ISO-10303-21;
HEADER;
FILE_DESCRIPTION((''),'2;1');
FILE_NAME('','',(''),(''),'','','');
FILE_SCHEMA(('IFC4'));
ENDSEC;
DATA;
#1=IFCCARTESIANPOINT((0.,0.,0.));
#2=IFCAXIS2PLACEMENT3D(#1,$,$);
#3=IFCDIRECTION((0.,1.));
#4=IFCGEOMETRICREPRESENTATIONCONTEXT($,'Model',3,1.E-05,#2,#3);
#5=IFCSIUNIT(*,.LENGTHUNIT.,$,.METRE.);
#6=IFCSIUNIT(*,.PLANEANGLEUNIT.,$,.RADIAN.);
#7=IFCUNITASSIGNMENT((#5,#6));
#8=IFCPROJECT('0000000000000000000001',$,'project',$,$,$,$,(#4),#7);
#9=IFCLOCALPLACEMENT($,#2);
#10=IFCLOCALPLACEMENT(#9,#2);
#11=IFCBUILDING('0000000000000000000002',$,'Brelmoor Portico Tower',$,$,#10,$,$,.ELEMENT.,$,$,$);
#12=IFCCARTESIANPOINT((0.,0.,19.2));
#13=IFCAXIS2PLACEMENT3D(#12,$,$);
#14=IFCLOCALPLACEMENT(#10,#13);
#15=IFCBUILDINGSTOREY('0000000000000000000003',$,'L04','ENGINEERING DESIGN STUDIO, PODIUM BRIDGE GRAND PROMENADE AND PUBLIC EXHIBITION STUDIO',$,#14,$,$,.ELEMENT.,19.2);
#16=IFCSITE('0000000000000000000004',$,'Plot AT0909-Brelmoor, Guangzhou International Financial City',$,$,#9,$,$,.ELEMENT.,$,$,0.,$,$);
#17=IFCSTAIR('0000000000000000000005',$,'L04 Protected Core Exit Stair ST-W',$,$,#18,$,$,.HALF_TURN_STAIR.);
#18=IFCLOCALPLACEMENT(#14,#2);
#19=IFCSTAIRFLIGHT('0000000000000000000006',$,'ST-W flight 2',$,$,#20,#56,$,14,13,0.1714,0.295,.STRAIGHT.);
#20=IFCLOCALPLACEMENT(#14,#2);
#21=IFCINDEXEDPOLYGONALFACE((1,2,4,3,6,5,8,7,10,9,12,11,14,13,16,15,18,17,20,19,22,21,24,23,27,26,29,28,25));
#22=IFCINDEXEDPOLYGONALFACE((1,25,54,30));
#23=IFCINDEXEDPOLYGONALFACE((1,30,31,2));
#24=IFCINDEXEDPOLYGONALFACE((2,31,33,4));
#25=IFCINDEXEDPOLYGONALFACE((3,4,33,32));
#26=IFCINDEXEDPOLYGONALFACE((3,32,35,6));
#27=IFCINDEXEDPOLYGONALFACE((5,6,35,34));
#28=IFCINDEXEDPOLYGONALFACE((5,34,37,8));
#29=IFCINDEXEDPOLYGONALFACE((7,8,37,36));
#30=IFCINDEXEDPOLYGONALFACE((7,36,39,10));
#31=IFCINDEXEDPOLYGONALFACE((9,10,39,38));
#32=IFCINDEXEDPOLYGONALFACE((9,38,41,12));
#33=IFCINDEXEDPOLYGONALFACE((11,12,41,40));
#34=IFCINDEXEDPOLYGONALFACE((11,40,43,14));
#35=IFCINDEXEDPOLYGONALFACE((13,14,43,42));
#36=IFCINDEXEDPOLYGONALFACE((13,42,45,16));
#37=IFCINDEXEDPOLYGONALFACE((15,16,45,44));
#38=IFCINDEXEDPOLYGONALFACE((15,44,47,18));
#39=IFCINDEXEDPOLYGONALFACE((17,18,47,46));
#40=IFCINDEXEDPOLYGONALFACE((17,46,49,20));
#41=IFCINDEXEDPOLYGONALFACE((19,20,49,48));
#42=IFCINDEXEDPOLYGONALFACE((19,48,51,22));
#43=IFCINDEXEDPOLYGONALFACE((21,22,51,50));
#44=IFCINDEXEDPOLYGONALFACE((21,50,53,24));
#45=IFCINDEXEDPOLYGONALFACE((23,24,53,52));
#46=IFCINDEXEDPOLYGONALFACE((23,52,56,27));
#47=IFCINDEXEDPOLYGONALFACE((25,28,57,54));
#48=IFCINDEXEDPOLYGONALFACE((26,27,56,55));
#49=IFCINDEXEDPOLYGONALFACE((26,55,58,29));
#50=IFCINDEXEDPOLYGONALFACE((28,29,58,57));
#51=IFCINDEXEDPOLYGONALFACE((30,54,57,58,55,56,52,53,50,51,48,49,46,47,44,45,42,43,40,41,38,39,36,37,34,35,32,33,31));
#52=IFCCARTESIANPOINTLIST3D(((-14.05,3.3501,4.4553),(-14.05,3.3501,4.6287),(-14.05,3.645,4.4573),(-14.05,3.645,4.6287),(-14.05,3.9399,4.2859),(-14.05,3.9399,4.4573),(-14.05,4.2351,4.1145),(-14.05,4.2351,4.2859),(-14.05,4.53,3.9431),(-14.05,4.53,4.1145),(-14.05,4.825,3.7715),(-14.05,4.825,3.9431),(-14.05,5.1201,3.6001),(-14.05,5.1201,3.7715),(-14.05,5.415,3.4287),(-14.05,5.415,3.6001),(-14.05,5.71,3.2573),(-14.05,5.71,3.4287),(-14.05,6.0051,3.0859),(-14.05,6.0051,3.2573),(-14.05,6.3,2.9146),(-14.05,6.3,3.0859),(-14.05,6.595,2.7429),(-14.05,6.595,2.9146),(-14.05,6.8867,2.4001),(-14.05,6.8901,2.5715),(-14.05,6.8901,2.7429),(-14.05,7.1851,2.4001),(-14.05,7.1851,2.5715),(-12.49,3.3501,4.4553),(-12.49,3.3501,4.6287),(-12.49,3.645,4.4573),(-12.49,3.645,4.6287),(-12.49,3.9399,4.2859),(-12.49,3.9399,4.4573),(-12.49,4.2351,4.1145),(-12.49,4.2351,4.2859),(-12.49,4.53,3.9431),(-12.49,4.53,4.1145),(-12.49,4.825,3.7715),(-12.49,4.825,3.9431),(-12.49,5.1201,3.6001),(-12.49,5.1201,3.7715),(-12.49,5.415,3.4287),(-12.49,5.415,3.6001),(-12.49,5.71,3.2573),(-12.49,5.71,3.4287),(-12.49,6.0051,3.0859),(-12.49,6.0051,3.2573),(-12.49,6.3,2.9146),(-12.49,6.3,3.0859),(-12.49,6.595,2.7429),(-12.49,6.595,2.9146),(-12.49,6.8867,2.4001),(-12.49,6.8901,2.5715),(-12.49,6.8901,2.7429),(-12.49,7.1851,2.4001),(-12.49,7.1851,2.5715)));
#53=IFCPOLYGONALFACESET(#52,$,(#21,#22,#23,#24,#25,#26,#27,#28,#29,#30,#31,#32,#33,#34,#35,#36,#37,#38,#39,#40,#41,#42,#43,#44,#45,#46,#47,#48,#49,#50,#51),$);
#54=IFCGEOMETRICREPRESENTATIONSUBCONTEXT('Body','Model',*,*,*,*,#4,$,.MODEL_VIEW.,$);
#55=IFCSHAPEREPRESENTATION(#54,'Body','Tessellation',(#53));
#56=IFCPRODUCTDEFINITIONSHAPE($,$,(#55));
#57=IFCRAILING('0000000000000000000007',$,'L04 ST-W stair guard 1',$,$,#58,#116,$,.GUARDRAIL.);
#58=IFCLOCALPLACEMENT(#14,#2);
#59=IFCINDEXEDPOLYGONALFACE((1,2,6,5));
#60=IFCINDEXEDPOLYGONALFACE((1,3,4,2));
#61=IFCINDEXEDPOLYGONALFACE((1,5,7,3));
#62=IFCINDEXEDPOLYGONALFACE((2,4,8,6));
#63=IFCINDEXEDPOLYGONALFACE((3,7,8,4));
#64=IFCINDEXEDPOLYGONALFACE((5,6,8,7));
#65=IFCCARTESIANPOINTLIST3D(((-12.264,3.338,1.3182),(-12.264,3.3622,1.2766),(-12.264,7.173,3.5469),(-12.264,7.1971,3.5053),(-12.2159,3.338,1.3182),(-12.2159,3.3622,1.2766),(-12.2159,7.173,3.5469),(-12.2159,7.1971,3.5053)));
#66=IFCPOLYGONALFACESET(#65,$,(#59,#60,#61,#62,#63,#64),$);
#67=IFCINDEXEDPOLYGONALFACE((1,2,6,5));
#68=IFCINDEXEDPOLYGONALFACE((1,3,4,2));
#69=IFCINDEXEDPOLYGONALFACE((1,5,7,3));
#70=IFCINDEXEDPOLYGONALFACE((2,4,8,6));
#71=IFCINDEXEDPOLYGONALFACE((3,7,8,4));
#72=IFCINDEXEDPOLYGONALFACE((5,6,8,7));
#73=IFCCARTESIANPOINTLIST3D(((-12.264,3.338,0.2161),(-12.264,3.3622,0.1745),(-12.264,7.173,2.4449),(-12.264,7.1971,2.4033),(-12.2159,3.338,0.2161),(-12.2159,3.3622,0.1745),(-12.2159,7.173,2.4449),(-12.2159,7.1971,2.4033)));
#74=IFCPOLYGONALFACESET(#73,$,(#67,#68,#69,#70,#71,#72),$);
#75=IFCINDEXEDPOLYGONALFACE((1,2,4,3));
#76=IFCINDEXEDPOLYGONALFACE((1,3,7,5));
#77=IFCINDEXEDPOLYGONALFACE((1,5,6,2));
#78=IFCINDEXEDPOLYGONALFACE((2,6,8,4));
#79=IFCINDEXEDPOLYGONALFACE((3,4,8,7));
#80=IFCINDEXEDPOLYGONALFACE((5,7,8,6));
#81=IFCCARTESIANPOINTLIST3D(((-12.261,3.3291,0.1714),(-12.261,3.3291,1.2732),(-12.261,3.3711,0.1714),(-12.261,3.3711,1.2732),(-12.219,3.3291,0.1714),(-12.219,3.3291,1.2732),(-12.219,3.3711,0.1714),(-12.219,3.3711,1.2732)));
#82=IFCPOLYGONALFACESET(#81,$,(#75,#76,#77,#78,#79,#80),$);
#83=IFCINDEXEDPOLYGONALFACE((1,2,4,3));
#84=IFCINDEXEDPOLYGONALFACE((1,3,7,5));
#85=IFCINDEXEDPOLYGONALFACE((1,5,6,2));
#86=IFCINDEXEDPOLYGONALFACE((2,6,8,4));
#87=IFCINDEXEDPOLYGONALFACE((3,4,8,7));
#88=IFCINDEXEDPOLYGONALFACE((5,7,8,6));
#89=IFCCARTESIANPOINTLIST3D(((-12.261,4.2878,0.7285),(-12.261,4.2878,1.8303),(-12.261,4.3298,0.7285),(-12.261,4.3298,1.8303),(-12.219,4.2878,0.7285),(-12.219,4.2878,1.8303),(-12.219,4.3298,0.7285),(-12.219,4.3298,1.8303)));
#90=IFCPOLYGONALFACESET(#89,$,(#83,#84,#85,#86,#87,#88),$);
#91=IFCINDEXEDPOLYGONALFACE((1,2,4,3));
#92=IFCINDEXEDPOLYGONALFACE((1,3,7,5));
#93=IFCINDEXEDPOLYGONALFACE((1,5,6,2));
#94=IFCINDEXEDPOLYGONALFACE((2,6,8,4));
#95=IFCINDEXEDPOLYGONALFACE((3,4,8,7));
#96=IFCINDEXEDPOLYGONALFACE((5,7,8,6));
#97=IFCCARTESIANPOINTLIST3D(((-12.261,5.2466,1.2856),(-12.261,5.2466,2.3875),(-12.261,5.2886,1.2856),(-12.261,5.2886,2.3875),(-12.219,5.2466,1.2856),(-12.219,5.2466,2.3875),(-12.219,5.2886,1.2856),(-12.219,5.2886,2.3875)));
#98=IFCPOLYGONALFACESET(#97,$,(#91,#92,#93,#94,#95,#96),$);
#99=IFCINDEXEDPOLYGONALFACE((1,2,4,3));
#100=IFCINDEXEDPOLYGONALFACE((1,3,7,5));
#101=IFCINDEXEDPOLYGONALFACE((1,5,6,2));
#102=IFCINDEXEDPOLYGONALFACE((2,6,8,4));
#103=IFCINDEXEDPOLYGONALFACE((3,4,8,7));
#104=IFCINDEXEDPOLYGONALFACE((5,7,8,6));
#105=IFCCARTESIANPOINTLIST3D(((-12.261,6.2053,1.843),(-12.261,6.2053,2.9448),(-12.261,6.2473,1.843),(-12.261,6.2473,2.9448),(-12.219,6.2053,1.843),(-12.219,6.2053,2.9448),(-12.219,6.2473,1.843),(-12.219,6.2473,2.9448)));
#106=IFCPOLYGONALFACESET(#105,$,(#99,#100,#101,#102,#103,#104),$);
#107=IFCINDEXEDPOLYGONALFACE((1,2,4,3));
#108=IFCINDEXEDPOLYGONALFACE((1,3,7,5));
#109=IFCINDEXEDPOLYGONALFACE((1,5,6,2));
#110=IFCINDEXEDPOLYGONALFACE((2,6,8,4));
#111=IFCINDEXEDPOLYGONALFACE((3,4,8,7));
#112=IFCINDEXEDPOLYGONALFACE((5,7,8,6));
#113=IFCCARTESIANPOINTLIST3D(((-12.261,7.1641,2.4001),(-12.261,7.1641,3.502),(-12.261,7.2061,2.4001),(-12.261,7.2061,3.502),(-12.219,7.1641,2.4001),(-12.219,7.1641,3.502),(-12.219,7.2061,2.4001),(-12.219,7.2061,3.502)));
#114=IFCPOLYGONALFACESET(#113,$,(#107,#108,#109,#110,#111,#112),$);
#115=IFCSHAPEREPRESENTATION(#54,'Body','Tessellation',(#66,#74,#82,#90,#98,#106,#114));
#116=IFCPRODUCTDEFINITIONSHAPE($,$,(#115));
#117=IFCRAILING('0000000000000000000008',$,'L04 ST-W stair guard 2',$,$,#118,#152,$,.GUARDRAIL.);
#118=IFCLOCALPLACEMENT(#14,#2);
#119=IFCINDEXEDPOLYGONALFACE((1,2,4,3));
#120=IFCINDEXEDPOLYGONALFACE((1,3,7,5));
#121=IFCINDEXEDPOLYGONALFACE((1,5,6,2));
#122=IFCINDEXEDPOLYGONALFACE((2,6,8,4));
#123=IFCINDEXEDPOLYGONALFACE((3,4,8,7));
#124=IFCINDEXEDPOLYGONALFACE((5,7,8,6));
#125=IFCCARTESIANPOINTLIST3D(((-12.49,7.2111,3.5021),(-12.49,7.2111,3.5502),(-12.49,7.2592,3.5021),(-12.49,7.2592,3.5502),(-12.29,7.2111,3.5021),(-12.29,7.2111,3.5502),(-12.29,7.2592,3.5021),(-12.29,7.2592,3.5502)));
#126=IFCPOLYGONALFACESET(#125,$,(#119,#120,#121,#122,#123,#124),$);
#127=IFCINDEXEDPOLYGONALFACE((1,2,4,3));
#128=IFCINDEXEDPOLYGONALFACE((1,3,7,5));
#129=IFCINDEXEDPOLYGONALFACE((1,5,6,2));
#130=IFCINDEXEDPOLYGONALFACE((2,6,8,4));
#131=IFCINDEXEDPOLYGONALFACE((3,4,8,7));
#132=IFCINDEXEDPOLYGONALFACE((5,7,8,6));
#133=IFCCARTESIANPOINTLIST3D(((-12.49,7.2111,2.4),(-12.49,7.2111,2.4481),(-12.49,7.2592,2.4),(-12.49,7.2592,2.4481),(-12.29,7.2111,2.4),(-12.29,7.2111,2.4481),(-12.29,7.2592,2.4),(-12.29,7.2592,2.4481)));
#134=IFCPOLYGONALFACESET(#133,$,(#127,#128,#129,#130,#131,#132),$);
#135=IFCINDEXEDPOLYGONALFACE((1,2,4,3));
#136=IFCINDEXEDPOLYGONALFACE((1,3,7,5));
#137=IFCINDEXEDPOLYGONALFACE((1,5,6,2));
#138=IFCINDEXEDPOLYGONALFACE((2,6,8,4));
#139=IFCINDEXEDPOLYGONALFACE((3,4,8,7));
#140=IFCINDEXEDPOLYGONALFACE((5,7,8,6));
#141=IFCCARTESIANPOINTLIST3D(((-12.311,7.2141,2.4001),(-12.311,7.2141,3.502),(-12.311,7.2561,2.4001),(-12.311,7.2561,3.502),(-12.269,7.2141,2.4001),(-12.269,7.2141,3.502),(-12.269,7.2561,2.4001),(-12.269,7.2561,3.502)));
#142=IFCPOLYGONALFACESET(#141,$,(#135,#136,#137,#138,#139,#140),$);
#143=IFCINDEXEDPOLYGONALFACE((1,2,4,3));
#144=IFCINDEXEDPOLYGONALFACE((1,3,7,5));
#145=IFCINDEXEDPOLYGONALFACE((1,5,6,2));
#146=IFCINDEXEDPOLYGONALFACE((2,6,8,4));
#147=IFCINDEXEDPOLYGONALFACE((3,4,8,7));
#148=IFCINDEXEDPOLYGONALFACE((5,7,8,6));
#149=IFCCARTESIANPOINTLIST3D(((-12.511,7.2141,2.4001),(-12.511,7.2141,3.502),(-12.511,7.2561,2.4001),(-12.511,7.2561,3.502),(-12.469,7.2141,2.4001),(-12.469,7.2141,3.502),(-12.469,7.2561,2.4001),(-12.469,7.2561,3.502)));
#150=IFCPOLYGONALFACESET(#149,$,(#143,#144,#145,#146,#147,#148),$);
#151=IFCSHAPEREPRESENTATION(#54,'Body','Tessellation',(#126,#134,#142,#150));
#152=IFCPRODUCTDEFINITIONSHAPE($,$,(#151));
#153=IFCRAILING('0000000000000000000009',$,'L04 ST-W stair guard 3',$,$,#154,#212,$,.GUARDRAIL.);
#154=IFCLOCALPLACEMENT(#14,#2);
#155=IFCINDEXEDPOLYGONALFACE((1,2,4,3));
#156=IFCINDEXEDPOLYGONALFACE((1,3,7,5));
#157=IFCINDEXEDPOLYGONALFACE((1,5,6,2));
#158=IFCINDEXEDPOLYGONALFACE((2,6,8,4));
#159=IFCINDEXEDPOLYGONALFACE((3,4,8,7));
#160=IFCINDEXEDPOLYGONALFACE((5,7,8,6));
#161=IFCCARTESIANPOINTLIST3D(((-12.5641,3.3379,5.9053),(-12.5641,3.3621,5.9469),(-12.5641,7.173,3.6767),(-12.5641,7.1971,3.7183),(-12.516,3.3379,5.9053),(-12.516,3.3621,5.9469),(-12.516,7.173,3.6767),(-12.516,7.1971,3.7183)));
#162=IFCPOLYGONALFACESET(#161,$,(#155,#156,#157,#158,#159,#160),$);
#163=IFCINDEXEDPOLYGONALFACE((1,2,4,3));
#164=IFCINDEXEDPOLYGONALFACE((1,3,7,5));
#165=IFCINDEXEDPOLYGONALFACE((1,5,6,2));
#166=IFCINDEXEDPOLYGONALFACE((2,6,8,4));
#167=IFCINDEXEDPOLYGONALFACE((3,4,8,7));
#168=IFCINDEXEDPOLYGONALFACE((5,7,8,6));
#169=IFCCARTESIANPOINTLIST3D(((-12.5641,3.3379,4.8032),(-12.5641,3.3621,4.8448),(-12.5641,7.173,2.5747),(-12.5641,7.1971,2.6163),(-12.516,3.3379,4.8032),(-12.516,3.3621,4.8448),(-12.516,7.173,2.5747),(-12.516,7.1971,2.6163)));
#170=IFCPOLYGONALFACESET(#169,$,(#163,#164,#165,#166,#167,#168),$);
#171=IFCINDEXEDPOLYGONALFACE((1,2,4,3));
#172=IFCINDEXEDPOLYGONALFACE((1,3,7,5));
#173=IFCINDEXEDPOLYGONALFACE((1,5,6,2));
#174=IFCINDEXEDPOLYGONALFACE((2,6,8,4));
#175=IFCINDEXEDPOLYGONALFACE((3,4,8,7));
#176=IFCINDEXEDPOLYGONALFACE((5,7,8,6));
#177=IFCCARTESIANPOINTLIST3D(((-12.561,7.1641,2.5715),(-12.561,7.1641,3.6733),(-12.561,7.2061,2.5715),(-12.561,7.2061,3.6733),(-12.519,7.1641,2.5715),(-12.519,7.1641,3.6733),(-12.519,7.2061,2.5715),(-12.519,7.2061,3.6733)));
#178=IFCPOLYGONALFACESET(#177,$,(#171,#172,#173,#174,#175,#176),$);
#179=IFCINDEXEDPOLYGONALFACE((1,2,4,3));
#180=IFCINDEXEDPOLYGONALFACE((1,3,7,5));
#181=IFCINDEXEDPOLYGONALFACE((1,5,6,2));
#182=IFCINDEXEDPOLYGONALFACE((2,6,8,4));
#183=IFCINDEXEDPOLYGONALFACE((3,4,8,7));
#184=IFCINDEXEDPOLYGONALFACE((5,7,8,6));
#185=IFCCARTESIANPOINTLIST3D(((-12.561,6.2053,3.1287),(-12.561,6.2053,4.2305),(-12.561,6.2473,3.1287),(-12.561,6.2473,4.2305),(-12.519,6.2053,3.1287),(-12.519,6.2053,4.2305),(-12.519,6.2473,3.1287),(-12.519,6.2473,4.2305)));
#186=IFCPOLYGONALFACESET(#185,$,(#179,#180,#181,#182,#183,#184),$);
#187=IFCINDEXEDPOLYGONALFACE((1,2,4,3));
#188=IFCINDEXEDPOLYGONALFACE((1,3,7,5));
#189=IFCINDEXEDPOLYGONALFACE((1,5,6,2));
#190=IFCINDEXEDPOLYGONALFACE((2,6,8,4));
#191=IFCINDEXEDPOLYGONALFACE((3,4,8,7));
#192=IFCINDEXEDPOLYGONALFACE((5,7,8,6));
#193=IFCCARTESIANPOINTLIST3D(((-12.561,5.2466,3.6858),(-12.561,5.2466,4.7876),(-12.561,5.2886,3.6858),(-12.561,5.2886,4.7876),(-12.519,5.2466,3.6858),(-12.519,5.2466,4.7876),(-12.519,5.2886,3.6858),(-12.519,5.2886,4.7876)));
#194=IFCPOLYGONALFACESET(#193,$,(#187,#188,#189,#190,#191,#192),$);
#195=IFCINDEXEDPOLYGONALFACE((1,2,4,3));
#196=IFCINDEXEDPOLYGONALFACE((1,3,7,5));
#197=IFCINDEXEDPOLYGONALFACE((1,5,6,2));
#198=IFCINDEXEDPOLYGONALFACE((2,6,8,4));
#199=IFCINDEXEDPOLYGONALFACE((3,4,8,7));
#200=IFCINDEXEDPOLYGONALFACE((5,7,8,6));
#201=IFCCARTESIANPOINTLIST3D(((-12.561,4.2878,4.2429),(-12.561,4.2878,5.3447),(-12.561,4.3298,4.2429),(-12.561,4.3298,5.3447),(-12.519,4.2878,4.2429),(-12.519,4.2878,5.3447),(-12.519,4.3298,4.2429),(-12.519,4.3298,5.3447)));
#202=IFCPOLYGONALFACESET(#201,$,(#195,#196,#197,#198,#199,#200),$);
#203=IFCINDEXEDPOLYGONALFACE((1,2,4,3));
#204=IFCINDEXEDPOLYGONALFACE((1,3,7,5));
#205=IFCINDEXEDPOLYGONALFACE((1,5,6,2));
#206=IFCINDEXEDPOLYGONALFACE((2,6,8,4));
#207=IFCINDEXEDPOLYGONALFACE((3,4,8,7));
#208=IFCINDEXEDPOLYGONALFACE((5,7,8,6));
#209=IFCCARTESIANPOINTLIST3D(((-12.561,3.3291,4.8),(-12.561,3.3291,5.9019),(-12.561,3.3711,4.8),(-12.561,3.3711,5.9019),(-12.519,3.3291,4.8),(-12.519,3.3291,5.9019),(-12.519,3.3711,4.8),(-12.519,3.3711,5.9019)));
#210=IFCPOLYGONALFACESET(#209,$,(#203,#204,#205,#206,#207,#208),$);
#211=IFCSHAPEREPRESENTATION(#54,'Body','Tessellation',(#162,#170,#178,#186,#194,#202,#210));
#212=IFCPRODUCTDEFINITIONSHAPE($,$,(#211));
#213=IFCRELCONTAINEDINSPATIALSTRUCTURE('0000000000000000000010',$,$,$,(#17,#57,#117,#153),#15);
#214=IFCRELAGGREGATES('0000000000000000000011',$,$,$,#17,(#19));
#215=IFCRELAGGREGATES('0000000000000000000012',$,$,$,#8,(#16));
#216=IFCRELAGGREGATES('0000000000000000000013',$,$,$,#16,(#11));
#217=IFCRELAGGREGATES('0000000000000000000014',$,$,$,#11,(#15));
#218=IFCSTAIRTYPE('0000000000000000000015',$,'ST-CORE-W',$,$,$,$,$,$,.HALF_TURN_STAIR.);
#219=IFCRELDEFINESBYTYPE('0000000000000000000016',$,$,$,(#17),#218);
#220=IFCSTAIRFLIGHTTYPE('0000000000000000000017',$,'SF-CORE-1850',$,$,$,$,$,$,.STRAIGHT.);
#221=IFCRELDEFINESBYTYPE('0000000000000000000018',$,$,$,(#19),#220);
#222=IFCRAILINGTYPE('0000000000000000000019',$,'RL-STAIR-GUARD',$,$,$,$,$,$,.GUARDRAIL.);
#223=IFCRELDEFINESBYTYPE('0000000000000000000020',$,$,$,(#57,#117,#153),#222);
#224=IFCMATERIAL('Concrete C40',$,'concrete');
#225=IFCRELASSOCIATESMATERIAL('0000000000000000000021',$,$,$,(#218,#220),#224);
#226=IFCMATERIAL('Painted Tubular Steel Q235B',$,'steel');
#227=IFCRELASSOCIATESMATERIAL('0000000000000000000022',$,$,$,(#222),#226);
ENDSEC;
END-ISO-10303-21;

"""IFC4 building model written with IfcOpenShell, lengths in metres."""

from ifc_helpers import new_model, si_unit, direction, frame, origin, origin_2d, place, context, subcontext, project, spatial, polyline, rectangle, outline, extrude, material, type_object, element, aggregate, save


model = new_model("IFC4")

# Units and contexts
model_context = context("Model", 3, precision=1e-05, world=origin(), true_north=direction((0.0, 1.0)))
body_context = subcontext(model_context, "Body", "Model", "MODEL_VIEW")
ifc_project = project(units=[si_unit("LENGTHUNIT", "METRE"), si_unit("PLANEANGLEUNIT", "RADIAN")], contexts=[model_context])

# Site, building, storey
site_placement = place(None, origin())
site = spatial("IfcSite", under=ifc_project, at=site_placement, Name="Plot AT0909-Brelmoor, Guangzhou International Financial City", CompositionType="ELEMENT", RefElevation=0.0)
building_placement = place(site_placement, origin())
building = spatial("IfcBuilding", under=site, at=building_placement, Name="Brelmoor Portico Tower", CompositionType="ELEMENT")
storey_placement = place(building_placement, frame((0.0, 0.0, 19.2)))
storey = spatial("IfcBuildingStorey", under=building, at=storey_placement, Name="L04", Description="ENGINEERING DESIGN STUDIO, PODIUM BRIDGE GRAND PROMENADE AND PUBLIC EXHIBITION STUDIO", CompositionType="ELEMENT", Elevation=19.2)

# Shared definitions
ifc_material_1 = material(Name="Concrete C40", Category="concrete")

# Stair, stair flight
stair_type = type_object("IfcStairType", Name="ST-CORE-W", PredefinedType="HALF_TURN_STAIR", material=ifc_material_1)
stair_placement = place(storey_placement, origin())
stair = element("IfcStair", 1, at=stair_placement, inside=storey, type_object=stair_type, Name="L04 Protected Core Exit Stair ST-W", PredefinedType="HALF_TURN_STAIR")
stair_flight_type = type_object("IfcStairFlightType", Name="SF-CORE-1850", PredefinedType="STRAIGHT", material=ifc_material_1)
stair_flight_1_placement = place(storey_placement, frame((-13.27, 7.1851, 2.4001), z_axis=(0.0, 0.0, 1.0), x_axis=(0.0, -1.0, 0.0)))
stair_flight_1 = element("IfcStairFlight", 2, at=stair_flight_1_placement, type_object=stair_flight_type, Name="ST-W flight 2", NumberOfRisers=14, NumberOfTreads=13, PredefinedType="STRAIGHT", RiserHeight=0.1714, TreadLength=0.295, context=body_context, shape_type="SweptSolid", body=[
    extrude(outline(polyline([(0.0, 0.0), (0.0, 0.1714), (0.2949, 0.1714), (0.2949, 0.3428), (0.5901, 0.3428), (0.5901, 0.5144), (0.885, 0.5144), (0.885, 0.6858), (1.1799, 0.6858), (1.1799, 0.8572), (1.4751, 0.8572), (1.4751, 1.0286), (1.77, 1.0286), (1.77, 1.2), (2.0649, 1.2), (2.0649, 1.3713), (2.3601, 1.3713), (2.3601, 1.543), (2.655, 1.543), (2.655, 1.7144), (2.95, 1.7144), (2.95, 1.8857), (3.2451, 1.8857), (3.2451, 2.0571), (3.54, 2.0571), (3.54, 2.2285), (3.835, 2.2285), (3.835, 2.3999), (3.835, 2.0552), (0.2983, 0.0), (0.0, 0.0)])), frame((0.0, 0.78, 0.0), z_axis=(0.0, -1.0, 0.0), x_axis=(1.0, 0.0, 0.0)), (0.0, 0.0, 1.0), 1.5601),
])
aggregate(stair, [stair_flight_1])

# Railings
ifc_material_2 = material(Name="Painted Tubular Steel Q235B", Category="steel")
railing_type_1 = type_object("IfcRailingType", Name="RL-STAIR-GUARD", PredefinedType="GUARDRAIL", material=ifc_material_2)
railing_1_placement = place(storey_placement, frame((-12.24, 3.3501, 0.1714)))
element("IfcRailing", 3, at=railing_1_placement, inside=storey, type_object=railing_type_1, Name="L04 ST-W stair guard 1", PredefinedType="GUARDRAIL", context=body_context, shape_type="SweptSolid", body=[
    extrude(rectangle(XDim=0.0481, YDim=0.0481, at=origin_2d()), frame((0.0, 0.0, 1.126), z_axis=(0.0, 0.864592, 0.502474), x_axis=(-1.0, 0.0, 0.0)), (0.0, 0.0, 1.0), 4.4355),
    extrude(rectangle(XDim=0.0481, YDim=0.0481, at=origin_2d()), frame((0.0, 0.0, 0.0239), z_axis=(0.0, 0.864592, 0.502474), x_axis=(-1.0, 0.0, 0.0)), (0.0, 0.0, 1.0), 4.4355),
    extrude(rectangle(XDim=0.042, YDim=0.042, at=origin_2d()), origin(), (0.0, 0.0, 1.0), 1.1018),
    extrude(rectangle(XDim=0.042, YDim=0.042, at=origin_2d()), frame((0.0, 0.9587, 0.5571)), (0.0, 0.0, 1.0), 1.1018),
    extrude(rectangle(XDim=0.042, YDim=0.042, at=origin_2d()), frame((0.0, 1.9175, 1.1143)), (0.0, 0.0, 1.0), 1.1018),
    extrude(rectangle(XDim=0.042, YDim=0.042, at=origin_2d()), frame((0.0, 2.8762, 1.6716)), (0.0, 0.0, 1.0), 1.1018),
    extrude(rectangle(XDim=0.042, YDim=0.042, at=origin_2d()), frame((0.0, 3.835, 2.2288)), (0.0, 0.0, 1.0), 1.1018),
])
railing_2_placement = place(storey_placement, frame((-12.29, 7.2351, 2.4001)))
element("IfcRailing", 4, at=railing_2_placement, inside=storey, type_object=railing_type_1, Name="L04 ST-W stair guard 2", PredefinedType="GUARDRAIL", context=body_context, shape_type="SweptSolid", body=[
    extrude(rectangle(XDim=0.0481, YDim=0.0481, at=origin_2d()), frame((0.0, 0.0, 1.126), z_axis=(-1.0, 0.0, 0.0), x_axis=(0.0, -1.0, 0.0)), (0.0, 0.0, 1.0), 0.2),
    extrude(rectangle(XDim=0.0481, YDim=0.0481, at=origin_2d()), frame((0.0, 0.0, 0.0239), z_axis=(-1.0, 0.0, 0.0), x_axis=(0.0, -1.0, 0.0)), (0.0, 0.0, 1.0), 0.2),
    extrude(rectangle(XDim=0.042, YDim=0.042, at=origin_2d()), origin(), (0.0, 0.0, 1.0), 1.1018),
    extrude(rectangle(XDim=0.042, YDim=0.042, at=origin_2d()), frame((-0.2, 0.0, 0.0)), (0.0, 0.0, 1.0), 1.1018),
])
railing_3_placement = place(storey_placement, frame((-12.54, 7.1851, 2.5715)))
element("IfcRailing", 5, at=railing_3_placement, inside=storey, type_object=railing_type_1, Name="L04 ST-W stair guard 3", PredefinedType="GUARDRAIL", context=body_context, shape_type="SweptSolid", body=[
    extrude(rectangle(XDim=0.0481, YDim=0.0481, at=origin_2d()), frame((0.0, 0.0, 1.126), z_axis=(0.0, -0.864616, 0.502433), x_axis=(1.0, 0.0, 0.0)), (0.0, 0.0, 1.0), 4.4355),
    extrude(rectangle(XDim=0.0481, YDim=0.0481, at=origin_2d()), frame((0.0, 0.0, 0.0239), z_axis=(0.0, -0.864616, 0.502433), x_axis=(1.0, 0.0, 0.0)), (0.0, 0.0, 1.0), 4.4355),
    extrude(rectangle(XDim=0.042, YDim=0.042, at=origin_2d()), origin(), (0.0, 0.0, 1.0), 1.1018),
    extrude(rectangle(XDim=0.042, YDim=0.042, at=origin_2d()), frame((0.0, -0.9587, 0.5571)), (0.0, 0.0, 1.0), 1.1018),
    extrude(rectangle(XDim=0.042, YDim=0.042, at=origin_2d()), frame((0.0, -1.9175, 1.1143)), (0.0, 0.0, 1.0), 1.1018),
    extrude(rectangle(XDim=0.042, YDim=0.042, at=origin_2d()), frame((0.0, -2.8762, 1.6714)), (0.0, 0.0, 1.0), 1.1018),
    extrude(rectangle(XDim=0.042, YDim=0.042, at=origin_2d()), frame((0.0, -3.835, 2.2285)), (0.0, 0.0, 1.0), 1.1018),
])

save(model, "model.ifc")
